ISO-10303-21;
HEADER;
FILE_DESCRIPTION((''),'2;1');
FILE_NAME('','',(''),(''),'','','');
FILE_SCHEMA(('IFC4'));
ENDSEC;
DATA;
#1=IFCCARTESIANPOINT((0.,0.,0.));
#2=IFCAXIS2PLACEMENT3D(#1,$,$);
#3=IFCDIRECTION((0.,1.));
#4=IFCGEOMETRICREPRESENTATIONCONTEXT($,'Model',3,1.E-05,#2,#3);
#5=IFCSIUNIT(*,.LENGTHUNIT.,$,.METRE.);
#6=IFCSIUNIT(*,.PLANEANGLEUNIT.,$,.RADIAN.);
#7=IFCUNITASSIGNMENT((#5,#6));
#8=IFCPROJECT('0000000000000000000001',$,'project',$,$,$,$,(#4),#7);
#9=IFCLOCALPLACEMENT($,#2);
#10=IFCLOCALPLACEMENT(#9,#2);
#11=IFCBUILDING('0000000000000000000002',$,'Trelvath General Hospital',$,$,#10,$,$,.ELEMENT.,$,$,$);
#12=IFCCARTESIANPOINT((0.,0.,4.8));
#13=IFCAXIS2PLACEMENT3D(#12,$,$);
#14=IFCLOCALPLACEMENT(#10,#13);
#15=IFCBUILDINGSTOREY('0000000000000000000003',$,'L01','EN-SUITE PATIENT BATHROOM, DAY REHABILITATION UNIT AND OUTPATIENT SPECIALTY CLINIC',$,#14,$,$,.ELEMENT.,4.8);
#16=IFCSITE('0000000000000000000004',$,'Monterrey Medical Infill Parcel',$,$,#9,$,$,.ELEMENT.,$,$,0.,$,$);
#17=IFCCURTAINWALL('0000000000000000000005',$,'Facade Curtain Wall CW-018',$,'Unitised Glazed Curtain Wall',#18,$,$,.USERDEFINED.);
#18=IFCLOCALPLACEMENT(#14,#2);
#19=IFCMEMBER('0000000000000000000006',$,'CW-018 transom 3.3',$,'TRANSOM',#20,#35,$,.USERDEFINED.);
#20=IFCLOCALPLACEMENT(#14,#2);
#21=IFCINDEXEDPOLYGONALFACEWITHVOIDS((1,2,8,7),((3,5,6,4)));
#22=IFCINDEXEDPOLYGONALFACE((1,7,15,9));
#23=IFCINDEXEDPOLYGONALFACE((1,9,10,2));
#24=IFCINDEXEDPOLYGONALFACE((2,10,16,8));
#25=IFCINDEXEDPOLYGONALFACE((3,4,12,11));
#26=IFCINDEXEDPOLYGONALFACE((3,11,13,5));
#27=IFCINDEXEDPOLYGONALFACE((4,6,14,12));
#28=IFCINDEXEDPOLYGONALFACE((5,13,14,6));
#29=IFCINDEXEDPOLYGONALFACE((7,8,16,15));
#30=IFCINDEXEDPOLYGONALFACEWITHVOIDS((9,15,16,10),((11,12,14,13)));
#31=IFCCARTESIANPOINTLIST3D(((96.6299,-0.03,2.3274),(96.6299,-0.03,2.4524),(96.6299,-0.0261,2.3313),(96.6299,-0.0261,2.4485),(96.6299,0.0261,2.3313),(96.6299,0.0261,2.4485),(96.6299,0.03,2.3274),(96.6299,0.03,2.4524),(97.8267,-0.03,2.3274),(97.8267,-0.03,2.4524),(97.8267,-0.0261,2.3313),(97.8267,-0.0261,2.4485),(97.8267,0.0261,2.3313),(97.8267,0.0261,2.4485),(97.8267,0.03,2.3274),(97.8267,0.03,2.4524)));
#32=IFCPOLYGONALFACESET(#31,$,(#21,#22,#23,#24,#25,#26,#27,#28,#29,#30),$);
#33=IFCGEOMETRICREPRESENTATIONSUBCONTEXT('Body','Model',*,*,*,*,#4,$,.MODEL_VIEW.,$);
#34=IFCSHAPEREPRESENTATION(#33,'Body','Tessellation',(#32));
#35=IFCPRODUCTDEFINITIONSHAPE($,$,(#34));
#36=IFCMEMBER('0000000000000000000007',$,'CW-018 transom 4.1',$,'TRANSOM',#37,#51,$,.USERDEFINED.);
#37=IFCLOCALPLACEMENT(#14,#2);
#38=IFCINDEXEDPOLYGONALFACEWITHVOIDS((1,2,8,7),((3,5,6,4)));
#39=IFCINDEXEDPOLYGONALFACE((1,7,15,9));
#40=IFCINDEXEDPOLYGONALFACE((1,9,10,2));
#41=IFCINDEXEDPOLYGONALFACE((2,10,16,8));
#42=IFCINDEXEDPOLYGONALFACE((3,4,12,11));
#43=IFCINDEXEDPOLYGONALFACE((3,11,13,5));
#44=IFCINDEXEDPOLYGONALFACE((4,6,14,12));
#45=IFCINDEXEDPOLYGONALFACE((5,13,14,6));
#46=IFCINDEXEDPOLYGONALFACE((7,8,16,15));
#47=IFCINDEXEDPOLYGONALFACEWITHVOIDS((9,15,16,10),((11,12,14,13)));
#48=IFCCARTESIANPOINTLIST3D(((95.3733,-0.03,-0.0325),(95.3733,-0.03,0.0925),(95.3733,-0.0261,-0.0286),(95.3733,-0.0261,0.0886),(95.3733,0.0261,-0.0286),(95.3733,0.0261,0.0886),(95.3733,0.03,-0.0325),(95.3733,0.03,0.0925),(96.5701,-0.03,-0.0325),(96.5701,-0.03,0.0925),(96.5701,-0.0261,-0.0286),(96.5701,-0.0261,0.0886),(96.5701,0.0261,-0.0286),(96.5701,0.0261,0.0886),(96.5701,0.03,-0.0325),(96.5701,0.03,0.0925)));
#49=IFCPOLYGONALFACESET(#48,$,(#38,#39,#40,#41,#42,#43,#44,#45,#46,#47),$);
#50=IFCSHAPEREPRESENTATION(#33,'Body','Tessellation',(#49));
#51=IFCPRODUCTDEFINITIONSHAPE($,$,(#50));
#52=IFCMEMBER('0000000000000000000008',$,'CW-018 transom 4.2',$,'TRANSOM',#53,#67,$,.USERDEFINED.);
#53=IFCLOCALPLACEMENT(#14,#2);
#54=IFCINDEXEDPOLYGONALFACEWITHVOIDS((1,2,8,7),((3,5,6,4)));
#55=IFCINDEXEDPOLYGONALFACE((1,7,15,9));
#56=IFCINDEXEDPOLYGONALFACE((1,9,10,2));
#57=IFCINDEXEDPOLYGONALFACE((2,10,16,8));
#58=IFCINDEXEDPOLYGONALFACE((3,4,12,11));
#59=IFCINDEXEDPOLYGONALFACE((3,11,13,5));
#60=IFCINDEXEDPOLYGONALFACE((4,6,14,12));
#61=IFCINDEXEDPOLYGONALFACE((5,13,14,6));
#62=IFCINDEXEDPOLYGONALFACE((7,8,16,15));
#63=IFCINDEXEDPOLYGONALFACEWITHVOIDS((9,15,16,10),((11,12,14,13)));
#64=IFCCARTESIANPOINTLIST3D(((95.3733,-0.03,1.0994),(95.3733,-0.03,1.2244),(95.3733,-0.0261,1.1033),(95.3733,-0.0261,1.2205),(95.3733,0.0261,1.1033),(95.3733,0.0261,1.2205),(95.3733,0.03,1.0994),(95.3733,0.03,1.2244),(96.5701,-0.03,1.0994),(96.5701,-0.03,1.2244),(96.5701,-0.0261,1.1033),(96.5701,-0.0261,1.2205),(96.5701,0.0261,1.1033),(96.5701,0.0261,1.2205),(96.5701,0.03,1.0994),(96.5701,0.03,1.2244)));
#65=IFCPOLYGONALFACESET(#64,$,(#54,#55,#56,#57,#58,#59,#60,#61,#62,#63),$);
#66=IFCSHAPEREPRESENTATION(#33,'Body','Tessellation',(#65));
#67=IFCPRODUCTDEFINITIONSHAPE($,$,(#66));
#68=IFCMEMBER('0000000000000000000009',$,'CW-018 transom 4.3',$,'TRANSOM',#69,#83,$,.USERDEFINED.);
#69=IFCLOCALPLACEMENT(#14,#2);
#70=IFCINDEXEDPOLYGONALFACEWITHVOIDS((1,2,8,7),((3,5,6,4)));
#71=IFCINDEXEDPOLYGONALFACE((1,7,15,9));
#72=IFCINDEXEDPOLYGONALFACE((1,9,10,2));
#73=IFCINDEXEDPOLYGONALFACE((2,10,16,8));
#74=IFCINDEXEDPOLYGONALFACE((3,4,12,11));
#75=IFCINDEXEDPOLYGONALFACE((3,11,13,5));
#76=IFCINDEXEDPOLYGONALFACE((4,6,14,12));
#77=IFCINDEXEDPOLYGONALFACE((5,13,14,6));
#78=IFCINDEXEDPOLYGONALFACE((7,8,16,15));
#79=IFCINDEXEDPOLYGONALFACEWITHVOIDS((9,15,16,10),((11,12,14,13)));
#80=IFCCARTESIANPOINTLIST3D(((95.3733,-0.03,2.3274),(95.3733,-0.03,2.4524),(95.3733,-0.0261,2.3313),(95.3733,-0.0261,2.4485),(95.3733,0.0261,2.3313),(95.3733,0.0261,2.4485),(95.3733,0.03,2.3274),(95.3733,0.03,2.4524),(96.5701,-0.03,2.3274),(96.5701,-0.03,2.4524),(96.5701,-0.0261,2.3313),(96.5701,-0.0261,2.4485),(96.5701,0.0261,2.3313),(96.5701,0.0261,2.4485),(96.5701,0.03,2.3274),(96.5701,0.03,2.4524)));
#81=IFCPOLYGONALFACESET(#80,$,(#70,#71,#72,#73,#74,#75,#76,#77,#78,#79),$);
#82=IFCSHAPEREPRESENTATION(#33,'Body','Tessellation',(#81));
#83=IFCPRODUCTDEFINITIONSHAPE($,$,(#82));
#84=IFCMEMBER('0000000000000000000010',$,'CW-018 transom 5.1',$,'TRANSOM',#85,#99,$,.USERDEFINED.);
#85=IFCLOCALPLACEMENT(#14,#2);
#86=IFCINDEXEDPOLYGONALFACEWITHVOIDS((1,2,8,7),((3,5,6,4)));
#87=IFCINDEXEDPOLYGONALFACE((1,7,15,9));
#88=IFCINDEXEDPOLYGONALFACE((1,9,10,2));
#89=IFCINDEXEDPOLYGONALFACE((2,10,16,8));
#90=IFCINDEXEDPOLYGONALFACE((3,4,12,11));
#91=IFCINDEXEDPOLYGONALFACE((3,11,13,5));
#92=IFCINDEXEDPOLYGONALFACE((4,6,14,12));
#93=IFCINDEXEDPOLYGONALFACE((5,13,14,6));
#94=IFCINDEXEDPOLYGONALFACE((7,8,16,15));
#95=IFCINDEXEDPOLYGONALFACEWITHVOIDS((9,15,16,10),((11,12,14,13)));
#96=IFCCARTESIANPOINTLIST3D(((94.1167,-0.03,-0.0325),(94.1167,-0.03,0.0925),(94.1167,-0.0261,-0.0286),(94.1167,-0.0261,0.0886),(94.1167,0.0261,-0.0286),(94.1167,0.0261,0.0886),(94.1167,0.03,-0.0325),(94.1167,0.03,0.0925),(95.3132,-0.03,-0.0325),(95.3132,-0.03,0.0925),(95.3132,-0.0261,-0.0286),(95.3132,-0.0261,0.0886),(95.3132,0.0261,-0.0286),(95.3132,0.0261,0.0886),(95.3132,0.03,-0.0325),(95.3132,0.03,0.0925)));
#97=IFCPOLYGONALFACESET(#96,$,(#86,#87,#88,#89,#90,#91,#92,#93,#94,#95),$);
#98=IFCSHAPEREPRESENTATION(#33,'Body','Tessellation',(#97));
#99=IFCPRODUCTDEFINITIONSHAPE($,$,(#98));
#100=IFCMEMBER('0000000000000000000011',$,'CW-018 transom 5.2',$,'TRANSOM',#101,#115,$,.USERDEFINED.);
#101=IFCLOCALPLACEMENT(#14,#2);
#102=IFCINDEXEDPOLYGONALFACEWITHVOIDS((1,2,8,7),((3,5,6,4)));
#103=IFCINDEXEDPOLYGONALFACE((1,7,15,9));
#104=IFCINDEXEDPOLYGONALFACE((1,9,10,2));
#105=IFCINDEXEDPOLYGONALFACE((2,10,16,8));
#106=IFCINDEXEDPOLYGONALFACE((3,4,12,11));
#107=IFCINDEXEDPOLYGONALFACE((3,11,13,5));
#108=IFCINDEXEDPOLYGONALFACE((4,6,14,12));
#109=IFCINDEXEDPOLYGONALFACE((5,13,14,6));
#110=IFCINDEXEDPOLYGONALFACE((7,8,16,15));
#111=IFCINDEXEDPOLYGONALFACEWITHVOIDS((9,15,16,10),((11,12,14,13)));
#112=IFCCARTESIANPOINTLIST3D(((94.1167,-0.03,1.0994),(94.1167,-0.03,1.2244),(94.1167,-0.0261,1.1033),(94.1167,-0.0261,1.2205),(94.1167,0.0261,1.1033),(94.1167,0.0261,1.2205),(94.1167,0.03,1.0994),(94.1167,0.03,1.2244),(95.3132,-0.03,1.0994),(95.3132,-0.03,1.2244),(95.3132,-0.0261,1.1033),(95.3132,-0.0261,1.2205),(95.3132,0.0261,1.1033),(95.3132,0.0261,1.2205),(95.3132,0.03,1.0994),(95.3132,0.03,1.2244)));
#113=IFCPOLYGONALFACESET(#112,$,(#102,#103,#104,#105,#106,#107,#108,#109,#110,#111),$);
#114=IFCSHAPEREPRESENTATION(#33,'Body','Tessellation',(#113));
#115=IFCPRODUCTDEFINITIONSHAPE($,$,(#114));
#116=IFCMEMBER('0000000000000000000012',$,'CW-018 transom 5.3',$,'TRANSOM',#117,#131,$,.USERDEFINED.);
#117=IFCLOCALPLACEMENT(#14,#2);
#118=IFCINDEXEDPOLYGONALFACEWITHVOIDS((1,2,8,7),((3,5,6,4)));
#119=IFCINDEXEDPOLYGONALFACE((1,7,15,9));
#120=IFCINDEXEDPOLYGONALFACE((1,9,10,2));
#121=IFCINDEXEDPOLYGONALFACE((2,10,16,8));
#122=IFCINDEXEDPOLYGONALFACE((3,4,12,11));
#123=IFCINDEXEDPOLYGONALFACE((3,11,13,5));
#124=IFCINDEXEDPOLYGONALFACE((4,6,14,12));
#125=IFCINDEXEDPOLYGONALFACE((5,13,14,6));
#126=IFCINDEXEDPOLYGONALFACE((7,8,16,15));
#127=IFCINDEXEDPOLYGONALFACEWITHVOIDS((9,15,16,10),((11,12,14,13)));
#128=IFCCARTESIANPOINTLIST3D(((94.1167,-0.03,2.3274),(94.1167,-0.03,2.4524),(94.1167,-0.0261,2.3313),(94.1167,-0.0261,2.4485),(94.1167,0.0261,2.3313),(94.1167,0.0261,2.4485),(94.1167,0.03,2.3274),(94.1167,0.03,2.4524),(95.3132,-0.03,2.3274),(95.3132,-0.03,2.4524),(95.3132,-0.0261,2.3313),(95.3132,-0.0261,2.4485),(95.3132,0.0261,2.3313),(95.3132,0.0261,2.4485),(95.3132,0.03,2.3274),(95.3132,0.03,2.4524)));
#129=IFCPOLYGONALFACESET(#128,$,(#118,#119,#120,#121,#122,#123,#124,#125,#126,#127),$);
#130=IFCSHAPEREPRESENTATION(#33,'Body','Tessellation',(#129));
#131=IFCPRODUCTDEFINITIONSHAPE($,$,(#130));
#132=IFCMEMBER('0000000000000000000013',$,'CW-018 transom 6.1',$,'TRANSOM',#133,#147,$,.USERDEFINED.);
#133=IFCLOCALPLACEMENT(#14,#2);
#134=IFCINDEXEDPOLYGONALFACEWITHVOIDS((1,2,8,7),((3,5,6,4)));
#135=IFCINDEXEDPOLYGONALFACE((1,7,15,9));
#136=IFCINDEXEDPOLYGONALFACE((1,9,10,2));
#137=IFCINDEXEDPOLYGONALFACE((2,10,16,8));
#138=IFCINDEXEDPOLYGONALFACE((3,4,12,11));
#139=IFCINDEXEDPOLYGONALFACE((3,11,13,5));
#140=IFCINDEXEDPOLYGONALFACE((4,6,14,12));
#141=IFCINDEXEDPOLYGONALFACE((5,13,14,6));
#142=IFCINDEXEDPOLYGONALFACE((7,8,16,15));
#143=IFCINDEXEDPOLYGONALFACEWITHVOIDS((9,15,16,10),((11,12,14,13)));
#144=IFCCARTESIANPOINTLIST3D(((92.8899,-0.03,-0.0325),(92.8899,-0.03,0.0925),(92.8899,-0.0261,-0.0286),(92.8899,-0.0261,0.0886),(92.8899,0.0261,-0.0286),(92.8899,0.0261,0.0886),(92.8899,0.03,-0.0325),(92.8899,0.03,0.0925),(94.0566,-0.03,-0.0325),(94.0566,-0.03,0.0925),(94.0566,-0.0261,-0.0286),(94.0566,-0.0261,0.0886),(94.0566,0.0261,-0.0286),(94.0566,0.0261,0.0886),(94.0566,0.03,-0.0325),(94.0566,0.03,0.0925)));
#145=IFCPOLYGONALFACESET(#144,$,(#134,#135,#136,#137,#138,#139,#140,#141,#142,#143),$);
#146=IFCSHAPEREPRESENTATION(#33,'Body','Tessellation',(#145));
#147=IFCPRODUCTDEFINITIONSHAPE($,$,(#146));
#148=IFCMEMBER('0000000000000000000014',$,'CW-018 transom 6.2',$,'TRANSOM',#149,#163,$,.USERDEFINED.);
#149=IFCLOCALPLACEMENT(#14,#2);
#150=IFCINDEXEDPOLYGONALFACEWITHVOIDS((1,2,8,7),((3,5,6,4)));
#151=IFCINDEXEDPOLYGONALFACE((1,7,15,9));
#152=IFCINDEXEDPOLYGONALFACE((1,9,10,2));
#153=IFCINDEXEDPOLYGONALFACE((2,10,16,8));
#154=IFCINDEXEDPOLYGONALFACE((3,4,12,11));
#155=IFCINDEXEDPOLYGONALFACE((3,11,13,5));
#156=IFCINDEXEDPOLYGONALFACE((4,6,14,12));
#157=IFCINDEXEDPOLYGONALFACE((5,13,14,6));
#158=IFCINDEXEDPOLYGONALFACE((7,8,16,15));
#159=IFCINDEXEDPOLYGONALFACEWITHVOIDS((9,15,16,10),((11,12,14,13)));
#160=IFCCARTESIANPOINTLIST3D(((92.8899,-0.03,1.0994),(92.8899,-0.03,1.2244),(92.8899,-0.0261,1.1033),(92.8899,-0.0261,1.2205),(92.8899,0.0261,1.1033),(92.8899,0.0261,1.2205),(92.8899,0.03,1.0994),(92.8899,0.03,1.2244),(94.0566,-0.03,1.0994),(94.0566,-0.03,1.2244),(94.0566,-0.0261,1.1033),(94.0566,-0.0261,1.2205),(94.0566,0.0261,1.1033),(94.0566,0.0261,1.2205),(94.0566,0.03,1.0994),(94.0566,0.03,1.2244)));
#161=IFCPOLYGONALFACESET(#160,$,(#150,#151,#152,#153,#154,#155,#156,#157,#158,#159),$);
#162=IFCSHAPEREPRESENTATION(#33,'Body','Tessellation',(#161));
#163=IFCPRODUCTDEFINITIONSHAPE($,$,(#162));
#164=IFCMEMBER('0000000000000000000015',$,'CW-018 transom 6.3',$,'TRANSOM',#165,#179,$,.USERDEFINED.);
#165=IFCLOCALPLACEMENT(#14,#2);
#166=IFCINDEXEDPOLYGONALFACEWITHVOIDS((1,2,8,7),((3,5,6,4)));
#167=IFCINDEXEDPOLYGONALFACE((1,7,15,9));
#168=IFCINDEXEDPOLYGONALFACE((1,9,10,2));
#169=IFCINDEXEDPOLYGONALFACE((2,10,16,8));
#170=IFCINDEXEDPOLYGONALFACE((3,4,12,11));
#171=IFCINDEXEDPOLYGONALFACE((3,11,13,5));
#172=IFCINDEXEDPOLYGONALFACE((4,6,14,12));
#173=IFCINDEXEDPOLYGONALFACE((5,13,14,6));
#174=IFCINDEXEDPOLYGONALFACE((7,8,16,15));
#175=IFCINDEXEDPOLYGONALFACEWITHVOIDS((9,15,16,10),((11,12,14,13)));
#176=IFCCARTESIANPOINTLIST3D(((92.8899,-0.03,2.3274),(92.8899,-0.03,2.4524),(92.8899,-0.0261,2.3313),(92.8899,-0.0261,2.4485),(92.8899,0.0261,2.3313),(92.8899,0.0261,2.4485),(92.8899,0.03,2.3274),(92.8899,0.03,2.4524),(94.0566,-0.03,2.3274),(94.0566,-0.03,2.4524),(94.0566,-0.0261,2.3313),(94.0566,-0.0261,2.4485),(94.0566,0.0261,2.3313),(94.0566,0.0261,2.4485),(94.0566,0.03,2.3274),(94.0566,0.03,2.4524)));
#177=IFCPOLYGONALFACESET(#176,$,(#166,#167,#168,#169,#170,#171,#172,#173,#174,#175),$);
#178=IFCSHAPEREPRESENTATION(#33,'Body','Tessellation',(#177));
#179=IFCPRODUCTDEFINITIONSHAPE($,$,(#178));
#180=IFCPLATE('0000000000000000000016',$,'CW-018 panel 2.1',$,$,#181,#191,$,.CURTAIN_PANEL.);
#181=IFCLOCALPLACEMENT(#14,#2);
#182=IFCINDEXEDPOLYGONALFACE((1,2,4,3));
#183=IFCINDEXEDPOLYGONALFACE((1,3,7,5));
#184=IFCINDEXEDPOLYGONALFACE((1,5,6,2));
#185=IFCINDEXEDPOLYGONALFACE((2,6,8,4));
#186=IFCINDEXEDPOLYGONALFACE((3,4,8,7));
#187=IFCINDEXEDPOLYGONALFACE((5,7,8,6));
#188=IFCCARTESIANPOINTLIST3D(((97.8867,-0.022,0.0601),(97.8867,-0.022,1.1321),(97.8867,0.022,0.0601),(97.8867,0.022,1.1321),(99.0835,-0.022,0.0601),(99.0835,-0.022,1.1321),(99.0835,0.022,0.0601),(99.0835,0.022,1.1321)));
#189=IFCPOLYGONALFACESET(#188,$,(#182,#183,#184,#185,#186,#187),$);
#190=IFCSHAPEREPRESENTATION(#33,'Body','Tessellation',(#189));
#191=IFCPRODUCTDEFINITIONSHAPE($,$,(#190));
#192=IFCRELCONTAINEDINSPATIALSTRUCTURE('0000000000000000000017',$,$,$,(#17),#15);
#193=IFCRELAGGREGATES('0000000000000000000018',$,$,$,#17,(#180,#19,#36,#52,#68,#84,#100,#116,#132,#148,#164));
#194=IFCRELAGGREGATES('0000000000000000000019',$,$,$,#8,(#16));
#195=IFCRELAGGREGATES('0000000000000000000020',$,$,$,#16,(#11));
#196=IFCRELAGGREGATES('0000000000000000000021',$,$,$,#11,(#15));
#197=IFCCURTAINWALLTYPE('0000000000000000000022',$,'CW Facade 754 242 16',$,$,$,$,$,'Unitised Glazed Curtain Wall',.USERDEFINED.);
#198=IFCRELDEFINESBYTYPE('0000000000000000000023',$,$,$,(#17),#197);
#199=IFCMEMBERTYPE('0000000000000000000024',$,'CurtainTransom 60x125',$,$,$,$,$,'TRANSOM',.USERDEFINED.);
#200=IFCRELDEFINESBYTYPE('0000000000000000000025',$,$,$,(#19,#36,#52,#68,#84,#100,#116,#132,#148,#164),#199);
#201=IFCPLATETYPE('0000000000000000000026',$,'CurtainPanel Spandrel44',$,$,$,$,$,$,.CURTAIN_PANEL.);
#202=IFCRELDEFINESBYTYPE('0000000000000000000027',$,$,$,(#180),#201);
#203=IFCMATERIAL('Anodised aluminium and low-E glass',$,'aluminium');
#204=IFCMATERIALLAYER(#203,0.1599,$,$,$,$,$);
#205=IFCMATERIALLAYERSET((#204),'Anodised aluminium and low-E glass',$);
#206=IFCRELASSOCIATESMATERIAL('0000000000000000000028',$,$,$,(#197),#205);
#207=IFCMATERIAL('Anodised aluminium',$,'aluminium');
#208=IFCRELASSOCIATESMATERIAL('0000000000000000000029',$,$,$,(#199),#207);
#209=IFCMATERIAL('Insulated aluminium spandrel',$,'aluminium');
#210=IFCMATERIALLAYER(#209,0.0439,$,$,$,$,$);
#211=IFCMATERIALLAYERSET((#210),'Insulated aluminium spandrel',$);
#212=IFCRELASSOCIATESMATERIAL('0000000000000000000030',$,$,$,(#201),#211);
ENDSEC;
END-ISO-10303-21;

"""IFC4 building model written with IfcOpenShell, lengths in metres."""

from ifc_helpers import new_model, si_unit, direction, frame, origin, origin_2d, place, context, subcontext, project, spatial, rectangle, hollow_rectangle, extrude, material, layer, layer_set, material_profile, profile_set, type_object, element, aggregate, save


model = new_model("IFC4")

# Units and contexts
model_context = context("Model", 3, precision=1e-05, world=origin(), true_north=direction((0.0, 1.0)))
body_context = subcontext(model_context, "Body", "Model", "MODEL_VIEW")
ifc_project = project(units=[si_unit("LENGTHUNIT", "METRE"), si_unit("PLANEANGLEUNIT", "RADIAN")], contexts=[model_context])

# Site, building, storey
site_placement = place(None, origin())
site = spatial("IfcSite", under=ifc_project, at=site_placement, Name="Monterrey Medical Infill Parcel", CompositionType="ELEMENT", RefElevation=0.0)
building_placement = place(site_placement, origin())
building = spatial("IfcBuilding", under=site, at=building_placement, Name="Trelvath General Hospital", CompositionType="ELEMENT")
storey_placement = place(building_placement, frame((0.0, 0.0, 4.8)))
storey = spatial("IfcBuildingStorey", under=building, at=storey_placement, Name="L01", Description="EN-SUITE PATIENT BATHROOM, DAY REHABILITATION UNIT AND OUTPATIENT SPECIALTY CLINIC", CompositionType="ELEMENT", Elevation=4.8)

# Curtain wall, members, plate
ifc_material_1 = material(Name="Anodised aluminium and low-E glass", Category="aluminium")
ifc_layer_1 = layer(ifc_material_1, 0.1599)
ifc_layer_set_1 = layer_set([ifc_layer_1], Name="Anodised aluminium and low-E glass")
curtain_wall_type = type_object("IfcCurtainWallType", Name="CW Facade 754 242 16", ElementType="Unitised Glazed Curtain Wall", PredefinedType="USERDEFINED", material=ifc_layer_set_1)
curtain_wall_placement = place(storey_placement, origin())
curtain_wall = element("IfcCurtainWall", 1, at=curtain_wall_placement, inside=storey, type_object=curtain_wall_type, Name="Facade Curtain Wall CW-018", ObjectType="Unitised Glazed Curtain Wall", PredefinedType="USERDEFINED")
ifc_material_2 = material(Name="Anodised aluminium", Category="aluminium")
ifc_material_profile_1 = material_profile(ifc_material_2, hollow_rectangle(XDim=0.0601, YDim=0.125, WallThickness=0.0039, at=origin_2d()), Name="RHS60x125x4")
ifc_profile_set_1 = profile_set([ifc_material_profile_1], Name="Anodised aluminium")
member_type_1 = type_object("IfcMemberType", Name="CurtainTransom 60x125", ElementType="TRANSOM", PredefinedType="USERDEFINED", material=ifc_profile_set_1)
member_1_placement = place(storey_placement, frame((97.8267, 0.0, 2.3899), z_axis=(-1.0, 0.0, 0.0), x_axis=(0.0, -1.0, 0.0)))
member_1 = element("IfcMember", 2, at=member_1_placement, type_object=member_type_1, Name="CW-018 transom 3.3", ObjectType="TRANSOM", PredefinedType="USERDEFINED", context=body_context, shape_type="SweptSolid", body=[
    extrude(hollow_rectangle(XDim=0.0601, YDim=0.125, WallThickness=0.0039, at=origin_2d()), origin(), (0.0, 0.0, 1.0), 1.1968),
])
member_2_placement = place(storey_placement, frame((96.5701, 0.0, 0.03), z_axis=(-1.0, 0.0, 0.0), x_axis=(0.0, -1.0, 0.0)))
member_2 = element("IfcMember", 3, at=member_2_placement, type_object=member_type_1, Name="CW-018 transom 4.1", ObjectType="TRANSOM", PredefinedType="USERDEFINED", context=body_context, shape_type="SweptSolid", body=[
    extrude(hollow_rectangle(XDim=0.0601, YDim=0.125, WallThickness=0.0039, at=origin_2d()), origin(), (0.0, 0.0, 1.0), 1.1968),
])
member_3_placement = place(storey_placement, frame((96.5701, 0.0, 1.1619), z_axis=(-1.0, 0.0, 0.0), x_axis=(0.0, -1.0, 0.0)))
member_3 = element("IfcMember", 4, at=member_3_placement, type_object=member_type_1, Name="CW-018 transom 4.2", ObjectType="TRANSOM", PredefinedType="USERDEFINED", context=body_context, shape_type="SweptSolid", body=[
    extrude(hollow_rectangle(XDim=0.0601, YDim=0.125, WallThickness=0.0039, at=origin_2d()), origin(), (0.0, 0.0, 1.0), 1.1968),
])
member_4_placement = place(storey_placement, frame((96.5701, 0.0, 2.3899), z_axis=(-1.0, 0.0, 0.0), x_axis=(0.0, -1.0, 0.0)))
member_4 = element("IfcMember", 5, at=member_4_placement, type_object=member_type_1, Name="CW-018 transom 4.3", ObjectType="TRANSOM", PredefinedType="USERDEFINED", context=body_context, shape_type="SweptSolid", body=[
    extrude(hollow_rectangle(XDim=0.0601, YDim=0.125, WallThickness=0.0039, at=origin_2d()), origin(), (0.0, 0.0, 1.0), 1.1968),
])
member_5_placement = place(storey_placement, frame((95.3132, 0.0, 0.03), z_axis=(-1.0, 0.0, 0.0), x_axis=(0.0, -1.0, 0.0)))
member_5 = element("IfcMember", 6, at=member_5_placement, type_object=member_type_1, Name="CW-018 transom 5.1", ObjectType="TRANSOM", PredefinedType="USERDEFINED", context=body_context, shape_type="SweptSolid", body=[
    extrude(hollow_rectangle(XDim=0.0601, YDim=0.125, WallThickness=0.0039, at=origin_2d()), origin(), (0.0, 0.0, 1.0), 1.1965),
])
member_6_placement = place(storey_placement, frame((95.3132, 0.0, 1.1619), z_axis=(-1.0, 0.0, 0.0), x_axis=(0.0, -1.0, 0.0)))
member_6 = element("IfcMember", 7, at=member_6_placement, type_object=member_type_1, Name="CW-018 transom 5.2", ObjectType="TRANSOM", PredefinedType="USERDEFINED", context=body_context, shape_type="SweptSolid", body=[
    extrude(hollow_rectangle(XDim=0.0601, YDim=0.125, WallThickness=0.0039, at=origin_2d()), origin(), (0.0, 0.0, 1.0), 1.1965),
])
member_7_placement = place(storey_placement, frame((95.3132, 0.0, 2.3899), z_axis=(-1.0, 0.0, 0.0), x_axis=(0.0, -1.0, 0.0)))
member_7 = element("IfcMember", 8, at=member_7_placement, type_object=member_type_1, Name="CW-018 transom 5.3", ObjectType="TRANSOM", PredefinedType="USERDEFINED", context=body_context, shape_type="SweptSolid", body=[
    extrude(hollow_rectangle(XDim=0.0601, YDim=0.125, WallThickness=0.0039, at=origin_2d()), origin(), (0.0, 0.0, 1.0), 1.1965),
])
member_8_placement = place(storey_placement, frame((94.0566, 0.0, 0.03), z_axis=(-1.0, 0.0, 0.0), x_axis=(0.0, -1.0, 0.0)))
member_8 = element("IfcMember", 9, at=member_8_placement, type_object=member_type_1, Name="CW-018 transom 6.1", ObjectType="TRANSOM", PredefinedType="USERDEFINED", context=body_context, shape_type="SweptSolid", body=[
    extrude(hollow_rectangle(XDim=0.0601, YDim=0.125, WallThickness=0.0039, at=origin_2d()), origin(), (0.0, 0.0, 1.0), 1.1667),
])
member_9_placement = place(storey_placement, frame((94.0566, 0.0, 1.1619), z_axis=(-1.0, 0.0, 0.0), x_axis=(0.0, -1.0, 0.0)))
member_9 = element("IfcMember", 10, at=member_9_placement, type_object=member_type_1, Name="CW-018 transom 6.2", ObjectType="TRANSOM", PredefinedType="USERDEFINED", context=body_context, shape_type="SweptSolid", body=[
    extrude(hollow_rectangle(XDim=0.0601, YDim=0.125, WallThickness=0.0039, at=origin_2d()), origin(), (0.0, 0.0, 1.0), 1.1667),
])
member_10_placement = place(storey_placement, frame((94.0566, 0.0, 2.3899), z_axis=(-1.0, 0.0, 0.0), x_axis=(0.0, -1.0, 0.0)))
member_10 = element("IfcMember", 11, at=member_10_placement, type_object=member_type_1, Name="CW-018 transom 6.3", ObjectType="TRANSOM", PredefinedType="USERDEFINED", context=body_context, shape_type="SweptSolid", body=[
    extrude(hollow_rectangle(XDim=0.0601, YDim=0.125, WallThickness=0.0039, at=origin_2d()), origin(), (0.0, 0.0, 1.0), 1.1667),
])
ifc_material_3 = material(Name="Insulated aluminium spandrel", Category="aluminium")
ifc_layer_2 = layer(ifc_material_3, 0.0439)
ifc_layer_set_2 = layer_set([ifc_layer_2], Name="Insulated aluminium spandrel")
plate_type = type_object("IfcPlateType", Name="CurtainPanel Spandrel44", PredefinedType="CURTAIN_PANEL", material=ifc_layer_set_2)
plate_1_placement = place(storey_placement, frame((98.4851, 0.0, 0.0601), z_axis=(0.0, 0.0, 1.0), x_axis=(-1.0, 0.0, 0.0)))
plate_1 = element("IfcPlate", 12, at=plate_1_placement, type_object=plate_type, Name="CW-018 panel 2.1", PredefinedType="CURTAIN_PANEL", context=body_context, shape_type="SweptSolid", body=[
    extrude(rectangle(XDim=1.1968, YDim=0.0439, at=origin_2d()), origin(), (0.0, 0.0, 1.0), 1.072),
])
aggregate(curtain_wall, [plate_1, member_1, member_2, member_3, member_4, member_5, member_6, member_7, member_8, member_9, member_10])

save(model, "model.ifc")
